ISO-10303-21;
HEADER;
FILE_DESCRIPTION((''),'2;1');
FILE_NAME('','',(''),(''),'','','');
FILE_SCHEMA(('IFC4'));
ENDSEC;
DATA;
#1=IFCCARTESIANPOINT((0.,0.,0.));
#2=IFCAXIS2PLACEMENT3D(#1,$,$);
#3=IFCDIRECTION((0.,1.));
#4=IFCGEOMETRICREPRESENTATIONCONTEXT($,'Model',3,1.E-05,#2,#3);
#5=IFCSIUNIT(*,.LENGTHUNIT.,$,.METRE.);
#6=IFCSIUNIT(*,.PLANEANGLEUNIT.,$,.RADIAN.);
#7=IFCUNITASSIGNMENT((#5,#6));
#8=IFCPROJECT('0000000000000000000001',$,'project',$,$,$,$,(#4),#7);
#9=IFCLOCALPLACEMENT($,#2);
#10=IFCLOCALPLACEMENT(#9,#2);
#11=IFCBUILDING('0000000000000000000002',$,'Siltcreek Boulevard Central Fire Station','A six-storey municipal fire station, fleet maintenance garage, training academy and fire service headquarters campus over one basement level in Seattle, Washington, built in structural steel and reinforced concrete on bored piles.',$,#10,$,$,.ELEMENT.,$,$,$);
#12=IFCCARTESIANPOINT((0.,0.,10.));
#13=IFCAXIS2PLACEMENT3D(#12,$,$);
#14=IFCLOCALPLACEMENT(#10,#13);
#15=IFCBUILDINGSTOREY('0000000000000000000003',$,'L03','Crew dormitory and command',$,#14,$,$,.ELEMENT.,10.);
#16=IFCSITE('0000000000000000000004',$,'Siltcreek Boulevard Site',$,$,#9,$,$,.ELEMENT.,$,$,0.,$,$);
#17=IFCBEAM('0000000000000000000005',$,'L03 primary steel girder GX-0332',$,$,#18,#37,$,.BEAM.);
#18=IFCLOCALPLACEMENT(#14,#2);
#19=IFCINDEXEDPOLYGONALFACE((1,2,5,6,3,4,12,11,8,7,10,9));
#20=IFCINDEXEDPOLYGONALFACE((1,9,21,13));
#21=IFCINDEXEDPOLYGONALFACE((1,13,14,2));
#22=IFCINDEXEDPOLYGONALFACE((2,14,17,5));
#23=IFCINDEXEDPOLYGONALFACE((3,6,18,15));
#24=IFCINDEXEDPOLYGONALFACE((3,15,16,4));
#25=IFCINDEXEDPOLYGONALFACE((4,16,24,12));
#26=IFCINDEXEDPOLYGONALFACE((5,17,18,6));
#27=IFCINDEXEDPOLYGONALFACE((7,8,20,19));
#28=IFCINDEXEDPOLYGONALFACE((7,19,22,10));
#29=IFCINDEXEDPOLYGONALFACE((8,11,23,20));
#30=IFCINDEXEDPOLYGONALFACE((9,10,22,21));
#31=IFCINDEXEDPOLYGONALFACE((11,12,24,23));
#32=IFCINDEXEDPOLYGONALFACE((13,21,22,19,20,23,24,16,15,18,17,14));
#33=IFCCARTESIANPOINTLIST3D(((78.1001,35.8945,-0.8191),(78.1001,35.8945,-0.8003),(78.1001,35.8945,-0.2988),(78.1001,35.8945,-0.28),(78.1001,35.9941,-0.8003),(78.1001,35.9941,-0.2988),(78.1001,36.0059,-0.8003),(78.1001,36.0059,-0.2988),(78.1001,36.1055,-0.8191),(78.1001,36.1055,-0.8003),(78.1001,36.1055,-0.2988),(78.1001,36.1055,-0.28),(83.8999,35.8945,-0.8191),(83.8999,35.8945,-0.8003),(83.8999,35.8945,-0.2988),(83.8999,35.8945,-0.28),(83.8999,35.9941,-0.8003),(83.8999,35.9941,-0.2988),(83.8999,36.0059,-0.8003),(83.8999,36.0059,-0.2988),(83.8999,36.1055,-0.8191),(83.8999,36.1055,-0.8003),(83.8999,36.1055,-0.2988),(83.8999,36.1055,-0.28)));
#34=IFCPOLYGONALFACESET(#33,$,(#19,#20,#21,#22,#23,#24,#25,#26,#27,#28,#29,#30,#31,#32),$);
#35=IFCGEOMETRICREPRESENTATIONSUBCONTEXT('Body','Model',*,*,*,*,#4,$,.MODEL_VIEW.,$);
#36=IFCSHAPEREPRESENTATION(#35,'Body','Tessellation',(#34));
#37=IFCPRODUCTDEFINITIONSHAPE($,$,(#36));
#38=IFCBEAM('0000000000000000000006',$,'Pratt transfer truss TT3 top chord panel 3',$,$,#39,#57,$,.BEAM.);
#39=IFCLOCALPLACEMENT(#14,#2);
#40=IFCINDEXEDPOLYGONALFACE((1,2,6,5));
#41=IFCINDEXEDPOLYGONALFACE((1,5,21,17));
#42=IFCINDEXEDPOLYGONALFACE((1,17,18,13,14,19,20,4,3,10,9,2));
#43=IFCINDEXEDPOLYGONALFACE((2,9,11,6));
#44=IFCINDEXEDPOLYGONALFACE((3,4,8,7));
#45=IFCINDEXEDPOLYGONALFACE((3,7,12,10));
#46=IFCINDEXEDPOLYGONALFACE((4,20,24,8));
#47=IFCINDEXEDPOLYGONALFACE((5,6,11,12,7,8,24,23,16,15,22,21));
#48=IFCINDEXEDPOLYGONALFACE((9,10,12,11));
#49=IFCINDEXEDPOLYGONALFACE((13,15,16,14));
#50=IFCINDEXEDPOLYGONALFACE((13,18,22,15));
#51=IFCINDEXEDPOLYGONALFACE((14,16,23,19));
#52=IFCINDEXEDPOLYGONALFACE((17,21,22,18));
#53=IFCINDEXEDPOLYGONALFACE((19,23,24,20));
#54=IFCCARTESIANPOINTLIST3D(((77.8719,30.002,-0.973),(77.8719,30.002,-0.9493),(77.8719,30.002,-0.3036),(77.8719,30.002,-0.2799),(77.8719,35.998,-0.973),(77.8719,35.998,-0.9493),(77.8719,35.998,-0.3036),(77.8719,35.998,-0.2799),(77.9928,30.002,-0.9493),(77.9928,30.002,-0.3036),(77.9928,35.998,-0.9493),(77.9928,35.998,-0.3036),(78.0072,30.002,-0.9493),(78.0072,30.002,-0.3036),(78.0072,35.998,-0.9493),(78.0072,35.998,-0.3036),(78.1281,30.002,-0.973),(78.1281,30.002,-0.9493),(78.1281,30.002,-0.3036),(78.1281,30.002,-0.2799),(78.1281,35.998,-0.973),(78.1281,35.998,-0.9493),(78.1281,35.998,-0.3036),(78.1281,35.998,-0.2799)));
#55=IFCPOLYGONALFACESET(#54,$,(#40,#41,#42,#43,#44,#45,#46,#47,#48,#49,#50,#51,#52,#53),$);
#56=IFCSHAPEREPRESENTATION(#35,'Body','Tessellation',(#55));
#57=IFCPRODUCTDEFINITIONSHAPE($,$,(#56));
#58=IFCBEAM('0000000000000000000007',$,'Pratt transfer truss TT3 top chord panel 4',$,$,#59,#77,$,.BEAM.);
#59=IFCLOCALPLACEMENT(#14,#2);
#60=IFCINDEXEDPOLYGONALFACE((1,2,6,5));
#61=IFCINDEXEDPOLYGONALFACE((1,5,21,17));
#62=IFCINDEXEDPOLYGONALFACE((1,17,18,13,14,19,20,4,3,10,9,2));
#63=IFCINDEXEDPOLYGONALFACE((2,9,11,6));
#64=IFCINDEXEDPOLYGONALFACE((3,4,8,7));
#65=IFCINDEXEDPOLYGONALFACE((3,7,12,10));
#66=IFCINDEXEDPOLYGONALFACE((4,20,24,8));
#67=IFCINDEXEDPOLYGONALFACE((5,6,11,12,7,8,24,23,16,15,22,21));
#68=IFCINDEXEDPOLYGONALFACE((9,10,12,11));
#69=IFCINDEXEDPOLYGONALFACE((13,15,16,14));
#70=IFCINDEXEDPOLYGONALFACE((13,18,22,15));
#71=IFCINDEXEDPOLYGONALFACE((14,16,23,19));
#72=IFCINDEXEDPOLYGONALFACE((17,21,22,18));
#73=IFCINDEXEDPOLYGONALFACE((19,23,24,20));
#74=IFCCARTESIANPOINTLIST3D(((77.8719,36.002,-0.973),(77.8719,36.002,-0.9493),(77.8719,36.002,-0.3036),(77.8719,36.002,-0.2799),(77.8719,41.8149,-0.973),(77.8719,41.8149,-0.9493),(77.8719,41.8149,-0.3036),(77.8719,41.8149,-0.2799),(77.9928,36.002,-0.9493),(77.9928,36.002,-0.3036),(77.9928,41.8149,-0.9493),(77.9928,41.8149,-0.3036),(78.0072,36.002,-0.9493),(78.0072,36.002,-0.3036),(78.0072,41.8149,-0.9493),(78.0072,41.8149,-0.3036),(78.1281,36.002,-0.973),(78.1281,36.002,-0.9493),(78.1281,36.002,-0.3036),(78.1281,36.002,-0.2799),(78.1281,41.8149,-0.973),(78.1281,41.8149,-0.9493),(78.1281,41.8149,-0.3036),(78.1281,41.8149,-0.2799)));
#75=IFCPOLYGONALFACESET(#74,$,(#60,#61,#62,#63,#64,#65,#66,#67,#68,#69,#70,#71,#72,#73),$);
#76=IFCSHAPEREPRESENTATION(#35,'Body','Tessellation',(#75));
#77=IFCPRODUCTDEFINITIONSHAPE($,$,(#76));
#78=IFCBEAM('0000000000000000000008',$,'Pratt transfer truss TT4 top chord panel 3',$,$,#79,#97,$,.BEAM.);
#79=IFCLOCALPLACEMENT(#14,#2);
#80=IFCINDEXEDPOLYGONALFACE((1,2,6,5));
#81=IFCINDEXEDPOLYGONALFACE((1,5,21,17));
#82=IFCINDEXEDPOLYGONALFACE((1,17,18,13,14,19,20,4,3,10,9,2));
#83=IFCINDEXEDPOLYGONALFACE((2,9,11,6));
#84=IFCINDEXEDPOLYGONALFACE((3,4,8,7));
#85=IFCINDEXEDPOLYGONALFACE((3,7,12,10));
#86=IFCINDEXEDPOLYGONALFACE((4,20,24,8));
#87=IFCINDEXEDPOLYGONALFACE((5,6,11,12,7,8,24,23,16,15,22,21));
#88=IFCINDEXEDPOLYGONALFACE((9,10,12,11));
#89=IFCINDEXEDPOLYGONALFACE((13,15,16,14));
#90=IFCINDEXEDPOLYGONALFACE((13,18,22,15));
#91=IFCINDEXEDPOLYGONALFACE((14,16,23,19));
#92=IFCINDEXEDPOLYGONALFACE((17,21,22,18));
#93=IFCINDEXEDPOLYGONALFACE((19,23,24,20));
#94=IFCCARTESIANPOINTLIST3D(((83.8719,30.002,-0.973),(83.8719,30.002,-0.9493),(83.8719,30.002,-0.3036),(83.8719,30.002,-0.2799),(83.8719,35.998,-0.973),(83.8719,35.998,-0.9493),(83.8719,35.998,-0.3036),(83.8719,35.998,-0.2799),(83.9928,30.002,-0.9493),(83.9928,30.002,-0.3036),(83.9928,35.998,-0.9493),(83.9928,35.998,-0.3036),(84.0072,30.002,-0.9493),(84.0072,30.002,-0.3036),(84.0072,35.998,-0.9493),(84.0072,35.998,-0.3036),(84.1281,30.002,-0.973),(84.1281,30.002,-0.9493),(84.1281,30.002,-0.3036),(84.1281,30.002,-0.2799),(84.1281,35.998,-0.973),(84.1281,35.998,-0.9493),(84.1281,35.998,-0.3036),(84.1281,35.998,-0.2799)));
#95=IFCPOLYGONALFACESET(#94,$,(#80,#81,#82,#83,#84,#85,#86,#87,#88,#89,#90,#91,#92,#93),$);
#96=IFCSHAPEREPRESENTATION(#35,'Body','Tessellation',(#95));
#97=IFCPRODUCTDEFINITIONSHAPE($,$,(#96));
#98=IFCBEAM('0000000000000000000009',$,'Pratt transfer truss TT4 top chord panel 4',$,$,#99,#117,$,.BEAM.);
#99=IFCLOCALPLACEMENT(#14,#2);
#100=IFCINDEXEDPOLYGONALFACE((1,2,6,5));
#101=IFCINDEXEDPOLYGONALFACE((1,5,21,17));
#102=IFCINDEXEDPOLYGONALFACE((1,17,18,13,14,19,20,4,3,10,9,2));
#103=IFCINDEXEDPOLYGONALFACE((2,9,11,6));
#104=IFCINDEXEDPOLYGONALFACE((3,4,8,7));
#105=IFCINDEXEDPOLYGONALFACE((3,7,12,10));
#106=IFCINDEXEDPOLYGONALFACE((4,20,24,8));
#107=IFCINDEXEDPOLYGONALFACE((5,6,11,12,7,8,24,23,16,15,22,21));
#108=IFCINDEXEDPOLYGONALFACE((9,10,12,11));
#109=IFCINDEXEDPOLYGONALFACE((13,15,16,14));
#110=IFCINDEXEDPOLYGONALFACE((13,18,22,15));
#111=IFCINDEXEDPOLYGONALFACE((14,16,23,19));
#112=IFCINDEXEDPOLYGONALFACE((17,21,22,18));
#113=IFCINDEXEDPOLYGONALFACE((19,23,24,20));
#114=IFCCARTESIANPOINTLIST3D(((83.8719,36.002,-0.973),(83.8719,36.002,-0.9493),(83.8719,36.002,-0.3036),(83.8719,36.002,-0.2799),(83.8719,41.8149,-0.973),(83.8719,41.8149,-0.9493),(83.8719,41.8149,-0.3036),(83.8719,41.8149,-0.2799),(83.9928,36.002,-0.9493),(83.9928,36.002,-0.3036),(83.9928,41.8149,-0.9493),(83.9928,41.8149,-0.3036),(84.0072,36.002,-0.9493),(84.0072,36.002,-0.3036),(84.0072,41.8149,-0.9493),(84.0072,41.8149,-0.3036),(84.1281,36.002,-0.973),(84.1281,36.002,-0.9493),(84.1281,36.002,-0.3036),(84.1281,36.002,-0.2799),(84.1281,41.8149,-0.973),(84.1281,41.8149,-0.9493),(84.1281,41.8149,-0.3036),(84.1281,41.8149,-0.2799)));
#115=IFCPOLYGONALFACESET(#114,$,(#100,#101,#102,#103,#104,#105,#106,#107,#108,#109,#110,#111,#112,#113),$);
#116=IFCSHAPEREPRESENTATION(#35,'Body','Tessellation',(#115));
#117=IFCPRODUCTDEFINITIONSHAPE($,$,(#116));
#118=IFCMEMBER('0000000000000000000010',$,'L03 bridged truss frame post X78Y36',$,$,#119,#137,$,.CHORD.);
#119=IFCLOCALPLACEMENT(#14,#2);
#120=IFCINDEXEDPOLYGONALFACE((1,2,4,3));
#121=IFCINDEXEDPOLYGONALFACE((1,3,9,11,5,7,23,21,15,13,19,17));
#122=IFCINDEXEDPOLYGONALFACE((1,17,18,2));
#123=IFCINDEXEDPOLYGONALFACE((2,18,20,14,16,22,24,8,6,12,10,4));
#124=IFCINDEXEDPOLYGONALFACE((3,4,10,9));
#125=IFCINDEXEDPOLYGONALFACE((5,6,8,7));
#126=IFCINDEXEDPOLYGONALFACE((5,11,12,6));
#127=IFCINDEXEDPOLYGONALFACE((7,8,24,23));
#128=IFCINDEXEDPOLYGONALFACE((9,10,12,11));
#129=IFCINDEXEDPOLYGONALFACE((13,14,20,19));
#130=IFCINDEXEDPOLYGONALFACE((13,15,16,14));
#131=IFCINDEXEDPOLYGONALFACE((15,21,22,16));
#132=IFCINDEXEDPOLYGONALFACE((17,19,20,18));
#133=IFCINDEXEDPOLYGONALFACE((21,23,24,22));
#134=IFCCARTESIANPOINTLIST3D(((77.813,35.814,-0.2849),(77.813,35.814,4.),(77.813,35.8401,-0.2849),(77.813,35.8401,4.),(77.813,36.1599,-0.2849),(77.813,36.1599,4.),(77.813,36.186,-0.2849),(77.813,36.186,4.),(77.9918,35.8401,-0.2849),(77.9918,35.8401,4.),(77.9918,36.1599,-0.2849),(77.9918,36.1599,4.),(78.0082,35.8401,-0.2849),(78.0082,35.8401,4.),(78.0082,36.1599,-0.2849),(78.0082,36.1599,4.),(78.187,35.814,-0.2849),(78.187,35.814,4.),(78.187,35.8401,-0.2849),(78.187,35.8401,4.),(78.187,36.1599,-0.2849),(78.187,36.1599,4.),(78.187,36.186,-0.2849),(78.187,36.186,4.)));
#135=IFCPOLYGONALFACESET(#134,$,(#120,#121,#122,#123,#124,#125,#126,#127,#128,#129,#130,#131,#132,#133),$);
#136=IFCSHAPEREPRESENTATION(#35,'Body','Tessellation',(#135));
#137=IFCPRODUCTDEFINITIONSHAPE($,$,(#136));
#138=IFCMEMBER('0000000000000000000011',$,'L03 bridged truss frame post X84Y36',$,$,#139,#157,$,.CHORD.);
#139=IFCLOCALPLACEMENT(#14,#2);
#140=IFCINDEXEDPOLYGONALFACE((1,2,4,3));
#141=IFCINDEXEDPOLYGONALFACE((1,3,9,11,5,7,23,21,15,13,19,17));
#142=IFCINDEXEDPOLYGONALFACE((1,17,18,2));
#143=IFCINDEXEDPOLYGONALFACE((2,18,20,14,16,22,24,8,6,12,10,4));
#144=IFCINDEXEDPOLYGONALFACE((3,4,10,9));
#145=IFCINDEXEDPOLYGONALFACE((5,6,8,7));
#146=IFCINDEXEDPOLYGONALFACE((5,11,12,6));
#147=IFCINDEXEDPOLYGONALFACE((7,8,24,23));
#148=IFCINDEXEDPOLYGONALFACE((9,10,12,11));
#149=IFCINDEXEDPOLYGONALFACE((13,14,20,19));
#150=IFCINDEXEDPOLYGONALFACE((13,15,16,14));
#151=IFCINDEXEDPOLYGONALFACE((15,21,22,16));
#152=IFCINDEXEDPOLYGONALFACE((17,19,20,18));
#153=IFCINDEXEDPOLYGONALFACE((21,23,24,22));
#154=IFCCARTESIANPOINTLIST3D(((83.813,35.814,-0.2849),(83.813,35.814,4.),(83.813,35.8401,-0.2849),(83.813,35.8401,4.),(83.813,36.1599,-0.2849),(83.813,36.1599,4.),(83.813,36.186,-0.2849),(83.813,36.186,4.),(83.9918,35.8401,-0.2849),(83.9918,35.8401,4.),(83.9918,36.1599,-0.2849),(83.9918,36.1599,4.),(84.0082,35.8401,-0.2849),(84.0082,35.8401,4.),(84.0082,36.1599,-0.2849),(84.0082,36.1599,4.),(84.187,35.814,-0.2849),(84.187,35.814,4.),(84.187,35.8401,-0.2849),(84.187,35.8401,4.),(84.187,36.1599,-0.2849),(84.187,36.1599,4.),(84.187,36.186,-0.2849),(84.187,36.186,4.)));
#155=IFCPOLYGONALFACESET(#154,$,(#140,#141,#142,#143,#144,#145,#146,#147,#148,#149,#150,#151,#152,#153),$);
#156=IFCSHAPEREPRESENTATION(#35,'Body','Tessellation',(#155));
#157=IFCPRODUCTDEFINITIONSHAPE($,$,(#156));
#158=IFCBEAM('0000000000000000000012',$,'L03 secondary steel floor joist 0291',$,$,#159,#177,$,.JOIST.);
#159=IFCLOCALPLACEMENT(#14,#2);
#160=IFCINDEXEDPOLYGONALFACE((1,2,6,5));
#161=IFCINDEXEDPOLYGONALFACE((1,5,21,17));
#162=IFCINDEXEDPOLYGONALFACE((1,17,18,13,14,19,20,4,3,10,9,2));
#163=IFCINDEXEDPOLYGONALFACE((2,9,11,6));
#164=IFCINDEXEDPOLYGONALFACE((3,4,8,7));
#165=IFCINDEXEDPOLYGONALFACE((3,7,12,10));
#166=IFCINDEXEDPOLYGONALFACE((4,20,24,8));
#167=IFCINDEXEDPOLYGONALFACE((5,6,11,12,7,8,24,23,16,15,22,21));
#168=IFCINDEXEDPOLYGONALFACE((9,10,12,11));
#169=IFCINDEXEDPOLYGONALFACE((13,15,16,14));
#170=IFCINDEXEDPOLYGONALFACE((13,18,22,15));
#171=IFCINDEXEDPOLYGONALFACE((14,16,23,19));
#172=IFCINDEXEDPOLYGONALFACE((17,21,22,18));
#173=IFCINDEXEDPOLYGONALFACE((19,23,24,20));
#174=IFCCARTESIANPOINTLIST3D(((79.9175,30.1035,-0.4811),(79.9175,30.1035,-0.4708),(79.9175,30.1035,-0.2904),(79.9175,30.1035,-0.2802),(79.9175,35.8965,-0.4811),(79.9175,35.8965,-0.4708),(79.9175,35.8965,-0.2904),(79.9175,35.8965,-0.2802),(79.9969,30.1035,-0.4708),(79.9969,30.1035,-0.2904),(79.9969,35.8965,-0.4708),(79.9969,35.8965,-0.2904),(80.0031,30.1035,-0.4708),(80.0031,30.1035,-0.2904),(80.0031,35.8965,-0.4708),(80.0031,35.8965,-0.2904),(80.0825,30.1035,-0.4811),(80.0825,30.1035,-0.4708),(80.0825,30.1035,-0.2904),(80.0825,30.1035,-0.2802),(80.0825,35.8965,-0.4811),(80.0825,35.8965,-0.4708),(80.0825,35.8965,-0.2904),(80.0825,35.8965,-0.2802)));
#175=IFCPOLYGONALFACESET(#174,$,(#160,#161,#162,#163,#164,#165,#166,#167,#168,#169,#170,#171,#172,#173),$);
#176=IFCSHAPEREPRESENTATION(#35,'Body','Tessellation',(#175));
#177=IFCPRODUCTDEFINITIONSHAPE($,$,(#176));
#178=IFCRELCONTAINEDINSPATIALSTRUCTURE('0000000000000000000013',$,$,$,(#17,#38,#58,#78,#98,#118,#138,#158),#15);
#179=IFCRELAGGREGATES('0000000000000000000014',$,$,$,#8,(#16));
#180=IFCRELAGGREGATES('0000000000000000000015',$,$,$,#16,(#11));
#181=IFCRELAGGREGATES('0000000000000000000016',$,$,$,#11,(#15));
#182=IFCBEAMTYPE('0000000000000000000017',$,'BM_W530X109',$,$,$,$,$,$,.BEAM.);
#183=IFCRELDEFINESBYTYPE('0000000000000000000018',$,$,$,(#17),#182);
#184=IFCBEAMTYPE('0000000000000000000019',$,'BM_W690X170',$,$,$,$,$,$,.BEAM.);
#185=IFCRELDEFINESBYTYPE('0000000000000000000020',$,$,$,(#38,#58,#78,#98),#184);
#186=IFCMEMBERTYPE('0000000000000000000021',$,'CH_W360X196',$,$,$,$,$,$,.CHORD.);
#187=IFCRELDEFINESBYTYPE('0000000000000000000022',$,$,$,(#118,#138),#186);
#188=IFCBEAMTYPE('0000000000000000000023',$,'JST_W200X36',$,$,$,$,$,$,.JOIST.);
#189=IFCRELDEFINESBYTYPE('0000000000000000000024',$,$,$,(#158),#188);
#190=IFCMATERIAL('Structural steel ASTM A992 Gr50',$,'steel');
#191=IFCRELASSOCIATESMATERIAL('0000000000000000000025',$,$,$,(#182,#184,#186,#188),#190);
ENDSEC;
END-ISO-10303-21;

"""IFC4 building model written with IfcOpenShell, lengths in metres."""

from ifc_helpers import new_model, si_unit, direction, frame, origin, origin_2d, place, context, subcontext, project, spatial, i_section, extrude, material, material_profile, profile_set, type_object, element, save


model = new_model("IFC4")

# Units and contexts
model_context = context("Model", 3, precision=1e-05, world=origin(), true_north=direction((0.0, 1.0)))
body_context = subcontext(model_context, "Body", "Model", "MODEL_VIEW")
ifc_project = project(units=[si_unit("LENGTHUNIT", "METRE"), si_unit("PLANEANGLEUNIT", "RADIAN")], contexts=[model_context])

# Site, building, storey
site_placement = place(None, origin())
site = spatial("IfcSite", under=ifc_project, at=site_placement, Name="Siltcreek Boulevard Site", CompositionType="ELEMENT", RefElevation=0.0)
building_placement = place(site_placement, origin())
building = spatial("IfcBuilding", under=site, at=building_placement, Name="Siltcreek Boulevard Central Fire Station", Description="A six-storey municipal fire station, fleet maintenance garage, training academy and fire service headquarters campus over one basement level in Seattle, Washington, built in structural steel and reinforced concrete on bored piles.", CompositionType="ELEMENT")
storey_placement = place(building_placement, frame((0.0, 0.0, 10.0)))
storey = spatial("IfcBuildingStorey", under=building, at=storey_placement, Name="L03", Description="Crew dormitory and command", CompositionType="ELEMENT", Elevation=10.0)

# Beams
ifc_material_1 = material(Name="Structural steel ASTM A992 Gr50", Category="steel")
ifc_material_profile_1 = material_profile(ifc_material_1, i_section(OverallWidth=0.2109, OverallDepth=0.5391, WebThickness=0.0117, FlangeThickness=0.0188, at=origin_2d()), Name="W530X109")
ifc_profile_set_1 = profile_set([ifc_material_profile_1], Name="Structural steel ASTM A992 Gr50")
beam_type_1 = type_object("IfcBeamType", Name="BM_W530X109", PredefinedType="BEAM", material=ifc_profile_set_1)
beam_1_placement = place(storey_placement, frame((78.1001, 36.0, -0.5496), z_axis=(1.0, 0.0, 0.0), x_axis=(0.0, 1.0, 0.0)))
element("IfcBeam", 1, at=beam_1_placement, inside=storey, type_object=beam_type_1, Name="L03 primary steel girder GX-0332", PredefinedType="BEAM", context=body_context, shape_type="SweptSolid", body=[
    extrude(i_section(OverallWidth=0.2109, OverallDepth=0.5391, WebThickness=0.0117, FlangeThickness=0.0188, at=origin_2d()), origin(), (0.0, 0.0, 1.0), 5.7998),
])
ifc_material_profile_2 = material_profile(ifc_material_1, i_section(OverallWidth=0.2561, OverallDepth=0.6931, WebThickness=0.0144, FlangeThickness=0.0237, at=origin_2d()), Name="W690X170")
ifc_profile_set_2 = profile_set([ifc_material_profile_2], Name="Structural steel ASTM A992 Gr50")
beam_type_2 = type_object("IfcBeamType", Name="BM_W690X170", PredefinedType="BEAM", material=ifc_profile_set_2)
beam_2_placement = place(storey_placement, frame((78.0, 30.002, -0.6265), z_axis=(0.0, 1.0, 0.0), x_axis=(-1.0, 0.0, 0.0)))
element("IfcBeam", 2, at=beam_2_placement, inside=storey, type_object=beam_type_2, Name="Pratt transfer truss TT3 top chord panel 3", PredefinedType="BEAM", context=body_context, shape_type="SweptSolid", body=[
    extrude(i_section(OverallWidth=0.2561, OverallDepth=0.6931, WebThickness=0.0144, FlangeThickness=0.0237, at=origin_2d()), origin(), (0.0, 0.0, 1.0), 5.9961),
])
beam_3_placement = place(storey_placement, frame((78.0, 36.002, -0.6265), z_axis=(0.0, 1.0, 0.0), x_axis=(-1.0, 0.0, 0.0)))
element("IfcBeam", 3, at=beam_3_placement, inside=storey, type_object=beam_type_2, Name="Pratt transfer truss TT3 top chord panel 4", PredefinedType="BEAM", context=body_context, shape_type="SweptSolid", body=[
    extrude(i_section(OverallWidth=0.2561, OverallDepth=0.6931, WebThickness=0.0144, FlangeThickness=0.0237, at=origin_2d()), origin(), (0.0, 0.0, 1.0), 5.813),
])
beam_4_placement = place(storey_placement, frame((84.0, 30.002, -0.6265), z_axis=(0.0, 1.0, 0.0), x_axis=(-1.0, 0.0, 0.0)))
element("IfcBeam", 4, at=beam_4_placement, inside=storey, type_object=beam_type_2, Name="Pratt transfer truss TT4 top chord panel 3", PredefinedType="BEAM", context=body_context, shape_type="SweptSolid", body=[
    extrude(i_section(OverallWidth=0.2561, OverallDepth=0.6931, WebThickness=0.0144, FlangeThickness=0.0237, at=origin_2d()), origin(), (0.0, 0.0, 1.0), 5.9961),
])
beam_5_placement = place(storey_placement, frame((84.0, 36.002, -0.6265), z_axis=(0.0, 1.0, 0.0), x_axis=(-1.0, 0.0, 0.0)))
element("IfcBeam", 5, at=beam_5_placement, inside=storey, type_object=beam_type_2, Name="Pratt transfer truss TT4 top chord panel 4", PredefinedType="BEAM", context=body_context, shape_type="SweptSolid", body=[
    extrude(i_section(OverallWidth=0.2561, OverallDepth=0.6931, WebThickness=0.0144, FlangeThickness=0.0237, at=origin_2d()), origin(), (0.0, 0.0, 1.0), 5.813),
])

# Members
ifc_material_profile_3 = material_profile(ifc_material_1, i_section(OverallWidth=0.374, OverallDepth=0.3721, WebThickness=0.0164, FlangeThickness=0.0261, at=origin_2d()), Name="W360X196")
ifc_profile_set_3 = profile_set([ifc_material_profile_3], Name="Structural steel ASTM A992 Gr50")
member_type = type_object("IfcMemberType", Name="CH_W360X196", PredefinedType="CHORD", material=ifc_profile_set_3)
for number, where, z_axis, x_axis, name in (
    (6, (78.0, 36.0, -0.2849), (0.0, 0.0, 1.0), (1.0, 0.0, 0.0), "L03 bridged truss frame post X78Y36"),
    (7, (84.0, 36.0, -0.2849), (0.0, 0.0, 1.0), (1.0, 0.0, 0.0), "L03 bridged truss frame post X84Y36"),
):
    element("IfcMember", number, at=place(storey_placement, frame(where, z_axis=z_axis, x_axis=x_axis)), inside=storey, type_object=member_type, Name=name, PredefinedType="CHORD", context=body_context, shape_type="SweptSolid", body=[
        extrude(i_section(OverallWidth=0.374, OverallDepth=0.3721, WebThickness=0.0164, FlangeThickness=0.0261, at=origin_2d()), origin(), (0.0, 0.0, 1.0), 4.2849),
    ])

# Beam
ifc_material_profile_4 = material_profile(ifc_material_1, i_section(OverallWidth=0.165, OverallDepth=0.2009, WebThickness=0.0061, FlangeThickness=0.0103, at=origin_2d()), Name="W200X36")
ifc_profile_set_4 = profile_set([ifc_material_profile_4], Name="Structural steel ASTM A992 Gr50")
beam_type_3 = type_object("IfcBeamType", Name="JST_W200X36", PredefinedType="JOIST", material=ifc_profile_set_4)
for number, where, z_axis, x_axis, name in (
    (8, (80.0, 30.1035, -0.3806), (0.0, 1.0, 0.0), (-1.0, 0.0, 0.0), "L03 secondary steel floor joist 0291"),
):
    element("IfcBeam", number, at=place(storey_placement, frame(where, z_axis=z_axis, x_axis=x_axis)), inside=storey, type_object=beam_type_3, Name=name, PredefinedType="JOIST", context=body_context, shape_type="SweptSolid", body=[
        extrude(i_section(OverallWidth=0.165, OverallDepth=0.2009, WebThickness=0.0061, FlangeThickness=0.0103, at=origin_2d()), origin(), (0.0, 0.0, 1.0), 5.793),
    ])

save(model, "model.ifc")
